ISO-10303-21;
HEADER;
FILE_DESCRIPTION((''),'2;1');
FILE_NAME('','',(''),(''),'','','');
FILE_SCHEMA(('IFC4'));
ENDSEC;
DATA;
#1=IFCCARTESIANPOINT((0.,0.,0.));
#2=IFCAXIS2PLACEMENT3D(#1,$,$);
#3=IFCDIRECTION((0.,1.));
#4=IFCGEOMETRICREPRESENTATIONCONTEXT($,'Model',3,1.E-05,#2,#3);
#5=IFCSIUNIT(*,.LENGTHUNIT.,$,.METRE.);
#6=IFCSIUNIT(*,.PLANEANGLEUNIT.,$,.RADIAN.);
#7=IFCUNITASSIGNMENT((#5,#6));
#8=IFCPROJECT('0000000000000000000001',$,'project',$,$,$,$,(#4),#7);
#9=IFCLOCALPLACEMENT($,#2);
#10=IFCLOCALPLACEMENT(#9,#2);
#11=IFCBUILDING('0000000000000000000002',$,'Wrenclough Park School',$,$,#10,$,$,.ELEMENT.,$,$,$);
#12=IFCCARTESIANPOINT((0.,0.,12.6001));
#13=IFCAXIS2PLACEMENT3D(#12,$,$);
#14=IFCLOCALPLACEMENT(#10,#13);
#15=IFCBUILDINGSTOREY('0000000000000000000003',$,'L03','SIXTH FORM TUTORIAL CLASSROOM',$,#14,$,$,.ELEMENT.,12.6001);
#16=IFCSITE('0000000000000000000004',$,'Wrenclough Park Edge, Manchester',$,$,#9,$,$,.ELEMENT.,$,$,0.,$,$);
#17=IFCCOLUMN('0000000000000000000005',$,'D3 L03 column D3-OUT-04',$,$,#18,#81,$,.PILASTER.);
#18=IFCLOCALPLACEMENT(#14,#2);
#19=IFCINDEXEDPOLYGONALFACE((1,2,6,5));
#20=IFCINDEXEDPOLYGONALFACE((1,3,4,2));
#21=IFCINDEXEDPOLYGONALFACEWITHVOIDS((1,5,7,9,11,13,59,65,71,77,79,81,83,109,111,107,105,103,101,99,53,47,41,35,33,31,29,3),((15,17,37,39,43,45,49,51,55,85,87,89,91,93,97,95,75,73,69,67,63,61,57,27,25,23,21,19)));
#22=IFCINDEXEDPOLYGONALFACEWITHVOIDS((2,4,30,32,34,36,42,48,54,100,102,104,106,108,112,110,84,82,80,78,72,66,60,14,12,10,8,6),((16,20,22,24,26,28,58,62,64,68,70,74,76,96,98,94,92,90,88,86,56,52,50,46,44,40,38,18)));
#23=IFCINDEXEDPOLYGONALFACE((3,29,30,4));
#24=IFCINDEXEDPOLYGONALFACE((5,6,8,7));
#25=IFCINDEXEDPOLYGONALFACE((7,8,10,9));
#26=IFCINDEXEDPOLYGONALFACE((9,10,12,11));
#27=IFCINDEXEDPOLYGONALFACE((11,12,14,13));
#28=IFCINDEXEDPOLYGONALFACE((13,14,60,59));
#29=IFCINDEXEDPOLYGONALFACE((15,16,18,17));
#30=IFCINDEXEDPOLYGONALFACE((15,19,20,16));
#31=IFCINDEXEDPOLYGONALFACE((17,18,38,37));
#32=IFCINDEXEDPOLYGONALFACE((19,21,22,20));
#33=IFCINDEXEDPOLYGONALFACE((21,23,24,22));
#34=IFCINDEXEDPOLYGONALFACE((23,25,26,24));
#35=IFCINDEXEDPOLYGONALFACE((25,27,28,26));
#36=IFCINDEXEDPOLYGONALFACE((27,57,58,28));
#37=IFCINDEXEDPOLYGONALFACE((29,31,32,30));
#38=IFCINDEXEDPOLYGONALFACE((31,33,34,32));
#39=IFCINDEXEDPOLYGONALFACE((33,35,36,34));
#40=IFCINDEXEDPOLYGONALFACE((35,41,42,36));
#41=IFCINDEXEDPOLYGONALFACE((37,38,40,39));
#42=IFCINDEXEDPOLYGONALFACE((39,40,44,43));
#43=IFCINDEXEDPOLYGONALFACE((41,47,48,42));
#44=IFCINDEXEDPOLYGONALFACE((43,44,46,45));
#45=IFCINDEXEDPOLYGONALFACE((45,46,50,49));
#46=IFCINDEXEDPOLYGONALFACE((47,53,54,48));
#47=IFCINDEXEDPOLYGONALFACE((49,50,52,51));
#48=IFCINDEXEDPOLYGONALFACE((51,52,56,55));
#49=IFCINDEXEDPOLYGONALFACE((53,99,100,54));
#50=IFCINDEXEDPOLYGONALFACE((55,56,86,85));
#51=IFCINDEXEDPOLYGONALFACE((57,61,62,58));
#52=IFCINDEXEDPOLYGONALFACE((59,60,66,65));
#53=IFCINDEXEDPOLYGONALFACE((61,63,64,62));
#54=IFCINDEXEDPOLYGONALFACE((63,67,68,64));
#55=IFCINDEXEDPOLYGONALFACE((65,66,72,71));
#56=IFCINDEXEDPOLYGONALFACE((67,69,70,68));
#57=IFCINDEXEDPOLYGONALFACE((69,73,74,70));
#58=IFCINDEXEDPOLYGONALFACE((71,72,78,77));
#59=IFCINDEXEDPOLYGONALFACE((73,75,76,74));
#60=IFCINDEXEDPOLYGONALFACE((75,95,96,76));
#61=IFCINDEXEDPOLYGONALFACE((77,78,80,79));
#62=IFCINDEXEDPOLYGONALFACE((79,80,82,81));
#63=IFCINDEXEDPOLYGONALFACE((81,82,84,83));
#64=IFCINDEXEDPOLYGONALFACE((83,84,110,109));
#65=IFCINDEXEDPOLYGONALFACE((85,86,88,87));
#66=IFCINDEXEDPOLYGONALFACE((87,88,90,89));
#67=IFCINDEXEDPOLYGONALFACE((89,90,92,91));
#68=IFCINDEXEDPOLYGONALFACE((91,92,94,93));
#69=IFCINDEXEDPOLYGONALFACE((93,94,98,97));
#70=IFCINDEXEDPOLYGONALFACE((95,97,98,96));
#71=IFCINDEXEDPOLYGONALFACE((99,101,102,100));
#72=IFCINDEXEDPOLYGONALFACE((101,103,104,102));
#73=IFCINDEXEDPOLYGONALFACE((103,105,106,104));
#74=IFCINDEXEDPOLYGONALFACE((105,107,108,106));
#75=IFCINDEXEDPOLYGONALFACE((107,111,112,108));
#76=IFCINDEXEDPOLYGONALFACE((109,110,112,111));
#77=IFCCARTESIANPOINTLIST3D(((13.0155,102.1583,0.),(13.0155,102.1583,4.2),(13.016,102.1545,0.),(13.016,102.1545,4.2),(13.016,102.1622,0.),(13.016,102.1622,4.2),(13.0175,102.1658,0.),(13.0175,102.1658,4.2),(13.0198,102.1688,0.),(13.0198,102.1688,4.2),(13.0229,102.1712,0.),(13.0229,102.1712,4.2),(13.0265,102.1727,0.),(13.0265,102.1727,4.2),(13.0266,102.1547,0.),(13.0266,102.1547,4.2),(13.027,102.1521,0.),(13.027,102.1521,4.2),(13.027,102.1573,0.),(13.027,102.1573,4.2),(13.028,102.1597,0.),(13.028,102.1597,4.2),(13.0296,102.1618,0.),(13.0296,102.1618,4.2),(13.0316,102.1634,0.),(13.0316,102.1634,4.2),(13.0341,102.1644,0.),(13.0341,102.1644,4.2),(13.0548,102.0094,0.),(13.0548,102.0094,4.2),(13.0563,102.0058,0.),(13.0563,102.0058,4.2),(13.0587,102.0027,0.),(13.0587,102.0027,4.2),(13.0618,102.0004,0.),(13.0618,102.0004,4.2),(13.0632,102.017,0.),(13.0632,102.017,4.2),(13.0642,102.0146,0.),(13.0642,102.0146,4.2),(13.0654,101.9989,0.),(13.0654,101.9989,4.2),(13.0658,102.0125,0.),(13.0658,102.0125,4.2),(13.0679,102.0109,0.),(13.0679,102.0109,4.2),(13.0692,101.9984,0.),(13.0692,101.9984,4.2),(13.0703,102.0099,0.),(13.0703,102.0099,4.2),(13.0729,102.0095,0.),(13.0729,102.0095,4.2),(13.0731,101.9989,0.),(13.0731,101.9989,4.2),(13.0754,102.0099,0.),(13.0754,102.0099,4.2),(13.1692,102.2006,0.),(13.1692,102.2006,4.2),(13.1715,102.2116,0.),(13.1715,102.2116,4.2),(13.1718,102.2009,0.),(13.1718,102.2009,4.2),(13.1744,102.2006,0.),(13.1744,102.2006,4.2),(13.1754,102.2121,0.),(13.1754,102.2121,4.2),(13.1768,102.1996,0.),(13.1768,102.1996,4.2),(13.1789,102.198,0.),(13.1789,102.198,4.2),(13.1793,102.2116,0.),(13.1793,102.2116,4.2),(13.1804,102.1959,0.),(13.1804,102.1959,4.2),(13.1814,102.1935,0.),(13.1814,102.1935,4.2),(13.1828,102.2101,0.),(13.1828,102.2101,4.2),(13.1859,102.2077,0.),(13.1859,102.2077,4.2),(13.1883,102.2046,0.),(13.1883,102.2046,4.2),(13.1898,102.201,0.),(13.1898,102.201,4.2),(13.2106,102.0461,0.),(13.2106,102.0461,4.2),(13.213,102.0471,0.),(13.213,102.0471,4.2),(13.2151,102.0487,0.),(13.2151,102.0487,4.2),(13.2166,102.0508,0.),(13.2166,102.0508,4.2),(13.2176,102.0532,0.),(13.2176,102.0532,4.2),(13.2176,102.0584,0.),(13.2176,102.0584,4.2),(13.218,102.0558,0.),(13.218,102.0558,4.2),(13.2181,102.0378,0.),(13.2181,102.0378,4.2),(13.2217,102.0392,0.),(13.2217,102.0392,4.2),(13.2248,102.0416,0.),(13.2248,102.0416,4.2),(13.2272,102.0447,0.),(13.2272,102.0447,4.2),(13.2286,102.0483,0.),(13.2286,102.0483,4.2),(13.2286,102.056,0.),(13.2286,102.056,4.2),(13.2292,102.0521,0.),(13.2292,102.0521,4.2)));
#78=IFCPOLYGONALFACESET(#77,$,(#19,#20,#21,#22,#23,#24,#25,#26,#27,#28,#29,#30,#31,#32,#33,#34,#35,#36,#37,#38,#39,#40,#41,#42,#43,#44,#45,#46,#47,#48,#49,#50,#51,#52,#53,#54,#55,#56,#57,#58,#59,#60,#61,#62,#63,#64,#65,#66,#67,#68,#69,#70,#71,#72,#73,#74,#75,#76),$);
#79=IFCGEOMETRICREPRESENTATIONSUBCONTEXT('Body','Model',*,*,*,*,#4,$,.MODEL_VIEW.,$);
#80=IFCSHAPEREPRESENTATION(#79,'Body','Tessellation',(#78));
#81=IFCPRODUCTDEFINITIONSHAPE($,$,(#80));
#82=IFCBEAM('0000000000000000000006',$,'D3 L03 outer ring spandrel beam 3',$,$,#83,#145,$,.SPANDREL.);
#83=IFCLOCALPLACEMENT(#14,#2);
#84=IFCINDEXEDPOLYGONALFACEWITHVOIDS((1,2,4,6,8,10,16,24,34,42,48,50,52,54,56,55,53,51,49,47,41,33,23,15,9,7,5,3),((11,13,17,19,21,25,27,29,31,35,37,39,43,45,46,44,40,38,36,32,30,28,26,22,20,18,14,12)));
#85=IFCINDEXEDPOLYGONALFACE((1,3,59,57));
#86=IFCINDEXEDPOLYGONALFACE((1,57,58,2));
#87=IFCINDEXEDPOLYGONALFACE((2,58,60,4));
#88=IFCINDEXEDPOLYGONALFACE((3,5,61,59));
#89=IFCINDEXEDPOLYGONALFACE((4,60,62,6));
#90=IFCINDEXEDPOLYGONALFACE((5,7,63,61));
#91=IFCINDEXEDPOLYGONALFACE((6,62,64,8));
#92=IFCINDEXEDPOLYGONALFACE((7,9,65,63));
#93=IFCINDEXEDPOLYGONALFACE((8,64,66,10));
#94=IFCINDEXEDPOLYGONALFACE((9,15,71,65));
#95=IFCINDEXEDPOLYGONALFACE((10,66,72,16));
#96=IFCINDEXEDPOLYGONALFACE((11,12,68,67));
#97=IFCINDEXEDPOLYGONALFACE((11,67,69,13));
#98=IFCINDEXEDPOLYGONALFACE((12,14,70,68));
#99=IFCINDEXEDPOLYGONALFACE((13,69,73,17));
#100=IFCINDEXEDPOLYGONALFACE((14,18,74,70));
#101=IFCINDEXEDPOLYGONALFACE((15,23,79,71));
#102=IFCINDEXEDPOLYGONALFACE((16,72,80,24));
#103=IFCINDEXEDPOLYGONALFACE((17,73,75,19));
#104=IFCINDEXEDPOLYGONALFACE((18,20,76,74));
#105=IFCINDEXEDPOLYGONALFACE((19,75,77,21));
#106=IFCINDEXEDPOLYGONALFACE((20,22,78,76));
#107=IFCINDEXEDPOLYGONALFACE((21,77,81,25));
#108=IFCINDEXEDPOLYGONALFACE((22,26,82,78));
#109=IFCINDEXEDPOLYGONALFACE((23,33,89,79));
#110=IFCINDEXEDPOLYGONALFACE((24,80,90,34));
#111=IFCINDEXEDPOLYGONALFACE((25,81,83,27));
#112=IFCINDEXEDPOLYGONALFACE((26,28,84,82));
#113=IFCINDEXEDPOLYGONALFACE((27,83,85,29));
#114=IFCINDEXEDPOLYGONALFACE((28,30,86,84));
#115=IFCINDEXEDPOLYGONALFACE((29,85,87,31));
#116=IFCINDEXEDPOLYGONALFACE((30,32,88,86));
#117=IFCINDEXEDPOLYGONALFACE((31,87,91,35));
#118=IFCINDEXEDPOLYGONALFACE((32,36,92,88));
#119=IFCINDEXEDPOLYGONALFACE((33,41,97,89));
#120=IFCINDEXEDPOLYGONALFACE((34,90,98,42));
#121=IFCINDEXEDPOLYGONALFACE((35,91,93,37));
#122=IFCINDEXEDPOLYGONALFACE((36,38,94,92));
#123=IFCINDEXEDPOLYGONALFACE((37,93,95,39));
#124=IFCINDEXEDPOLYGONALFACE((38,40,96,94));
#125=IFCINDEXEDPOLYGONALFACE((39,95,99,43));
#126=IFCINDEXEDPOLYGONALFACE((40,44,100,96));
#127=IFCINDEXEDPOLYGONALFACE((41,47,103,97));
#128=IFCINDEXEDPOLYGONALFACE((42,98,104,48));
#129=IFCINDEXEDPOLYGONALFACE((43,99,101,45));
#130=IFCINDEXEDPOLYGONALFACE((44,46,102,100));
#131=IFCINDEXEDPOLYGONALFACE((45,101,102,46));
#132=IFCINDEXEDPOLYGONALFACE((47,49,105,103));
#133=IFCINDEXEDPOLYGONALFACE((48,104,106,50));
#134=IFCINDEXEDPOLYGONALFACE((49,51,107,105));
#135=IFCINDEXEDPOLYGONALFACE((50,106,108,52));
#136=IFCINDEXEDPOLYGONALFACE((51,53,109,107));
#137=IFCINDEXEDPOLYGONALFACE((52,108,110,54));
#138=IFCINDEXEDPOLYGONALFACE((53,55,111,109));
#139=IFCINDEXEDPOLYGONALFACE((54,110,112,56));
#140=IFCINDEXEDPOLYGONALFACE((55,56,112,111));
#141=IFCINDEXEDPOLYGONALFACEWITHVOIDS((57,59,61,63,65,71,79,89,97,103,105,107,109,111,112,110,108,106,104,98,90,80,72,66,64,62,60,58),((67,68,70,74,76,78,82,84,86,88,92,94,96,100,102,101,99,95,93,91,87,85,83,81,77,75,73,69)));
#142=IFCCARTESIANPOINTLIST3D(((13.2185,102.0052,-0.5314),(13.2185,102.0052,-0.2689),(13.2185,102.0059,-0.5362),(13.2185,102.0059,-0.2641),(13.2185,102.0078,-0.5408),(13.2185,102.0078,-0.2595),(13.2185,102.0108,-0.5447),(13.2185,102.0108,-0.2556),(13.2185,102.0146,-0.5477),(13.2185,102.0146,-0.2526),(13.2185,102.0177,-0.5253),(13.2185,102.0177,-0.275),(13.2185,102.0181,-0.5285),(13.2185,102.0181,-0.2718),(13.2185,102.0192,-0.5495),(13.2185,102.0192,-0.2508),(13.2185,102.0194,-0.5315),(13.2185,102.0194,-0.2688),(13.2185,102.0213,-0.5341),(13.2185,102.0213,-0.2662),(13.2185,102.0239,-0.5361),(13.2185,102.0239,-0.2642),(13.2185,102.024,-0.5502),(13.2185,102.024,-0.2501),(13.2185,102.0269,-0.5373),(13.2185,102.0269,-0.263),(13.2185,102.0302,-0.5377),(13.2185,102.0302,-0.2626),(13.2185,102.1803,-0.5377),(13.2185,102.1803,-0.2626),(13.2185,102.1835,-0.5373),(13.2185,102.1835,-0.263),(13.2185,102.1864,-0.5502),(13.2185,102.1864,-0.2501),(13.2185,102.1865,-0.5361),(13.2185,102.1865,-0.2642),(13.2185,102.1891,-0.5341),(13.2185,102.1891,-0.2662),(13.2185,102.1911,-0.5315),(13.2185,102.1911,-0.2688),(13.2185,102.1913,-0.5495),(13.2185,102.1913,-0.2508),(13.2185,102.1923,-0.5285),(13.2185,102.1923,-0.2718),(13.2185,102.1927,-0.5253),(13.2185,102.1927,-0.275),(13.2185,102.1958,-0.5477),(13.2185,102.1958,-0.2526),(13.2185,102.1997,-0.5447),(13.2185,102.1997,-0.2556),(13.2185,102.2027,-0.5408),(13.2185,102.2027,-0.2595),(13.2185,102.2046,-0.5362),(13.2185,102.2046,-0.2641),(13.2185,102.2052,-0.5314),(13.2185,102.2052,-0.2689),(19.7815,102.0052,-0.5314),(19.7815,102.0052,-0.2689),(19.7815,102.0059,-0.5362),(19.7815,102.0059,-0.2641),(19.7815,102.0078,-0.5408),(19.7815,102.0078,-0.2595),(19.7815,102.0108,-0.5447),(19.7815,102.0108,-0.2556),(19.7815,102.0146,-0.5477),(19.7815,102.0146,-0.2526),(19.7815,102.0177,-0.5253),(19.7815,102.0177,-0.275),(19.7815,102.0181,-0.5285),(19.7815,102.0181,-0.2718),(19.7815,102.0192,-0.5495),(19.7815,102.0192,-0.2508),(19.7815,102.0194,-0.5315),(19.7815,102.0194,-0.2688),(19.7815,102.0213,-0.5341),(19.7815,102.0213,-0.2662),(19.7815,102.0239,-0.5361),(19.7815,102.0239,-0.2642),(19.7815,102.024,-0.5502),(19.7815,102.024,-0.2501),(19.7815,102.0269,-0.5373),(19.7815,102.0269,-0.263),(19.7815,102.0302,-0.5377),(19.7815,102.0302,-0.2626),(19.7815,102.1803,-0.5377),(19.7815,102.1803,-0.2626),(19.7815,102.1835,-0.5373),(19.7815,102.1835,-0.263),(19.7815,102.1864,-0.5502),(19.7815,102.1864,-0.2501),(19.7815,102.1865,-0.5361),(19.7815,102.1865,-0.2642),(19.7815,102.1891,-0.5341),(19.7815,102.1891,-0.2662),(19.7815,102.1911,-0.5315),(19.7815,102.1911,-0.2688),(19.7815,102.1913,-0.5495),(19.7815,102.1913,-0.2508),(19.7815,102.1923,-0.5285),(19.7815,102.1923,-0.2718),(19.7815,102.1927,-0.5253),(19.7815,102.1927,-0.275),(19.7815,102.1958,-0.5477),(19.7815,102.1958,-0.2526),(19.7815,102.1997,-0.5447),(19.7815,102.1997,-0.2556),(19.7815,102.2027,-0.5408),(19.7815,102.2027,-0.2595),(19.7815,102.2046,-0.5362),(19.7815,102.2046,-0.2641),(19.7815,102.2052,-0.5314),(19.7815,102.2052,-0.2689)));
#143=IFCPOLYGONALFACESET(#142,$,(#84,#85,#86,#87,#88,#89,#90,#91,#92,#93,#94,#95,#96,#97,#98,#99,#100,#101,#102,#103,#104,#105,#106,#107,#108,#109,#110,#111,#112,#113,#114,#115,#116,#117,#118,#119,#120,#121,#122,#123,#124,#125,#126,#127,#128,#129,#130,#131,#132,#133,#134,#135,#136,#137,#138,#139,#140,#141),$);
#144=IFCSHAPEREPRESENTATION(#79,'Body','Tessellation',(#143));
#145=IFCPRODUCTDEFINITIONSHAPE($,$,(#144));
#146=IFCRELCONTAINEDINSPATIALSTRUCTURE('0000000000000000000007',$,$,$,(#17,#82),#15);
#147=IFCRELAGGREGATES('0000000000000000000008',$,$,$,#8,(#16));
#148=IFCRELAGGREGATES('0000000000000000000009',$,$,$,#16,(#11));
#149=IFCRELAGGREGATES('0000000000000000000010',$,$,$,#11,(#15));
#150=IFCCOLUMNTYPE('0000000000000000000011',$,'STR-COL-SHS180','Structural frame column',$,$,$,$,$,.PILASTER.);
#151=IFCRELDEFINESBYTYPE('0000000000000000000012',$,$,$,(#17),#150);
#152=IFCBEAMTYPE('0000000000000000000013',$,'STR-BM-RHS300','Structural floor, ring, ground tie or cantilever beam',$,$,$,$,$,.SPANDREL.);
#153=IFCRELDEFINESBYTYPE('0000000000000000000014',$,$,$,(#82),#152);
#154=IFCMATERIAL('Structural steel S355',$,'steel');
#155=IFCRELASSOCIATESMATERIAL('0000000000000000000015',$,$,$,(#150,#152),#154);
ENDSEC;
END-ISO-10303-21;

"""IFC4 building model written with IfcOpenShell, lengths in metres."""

from ifc_helpers import new_model, si_unit, direction, frame, origin, origin_2d, place, context, subcontext, project, spatial, hollow_rectangle, extrude, material, material_profile, profile_set, type_object, element, save


model = new_model("IFC4")

# Units and contexts
model_context = context("Model", 3, precision=1e-05, world=origin(), true_north=direction((0.0, 1.0)))
body_context = subcontext(model_context, "Body", "Model", "MODEL_VIEW")
ifc_project = project(units=[si_unit("LENGTHUNIT", "METRE"), si_unit("PLANEANGLEUNIT", "RADIAN")], contexts=[model_context])

# Site, building, storey
site_placement = place(None, origin())
site = spatial("IfcSite", under=ifc_project, at=site_placement, Name="Wrenclough Park Edge, Manchester", CompositionType="ELEMENT", RefElevation=0.0)
building_placement = place(site_placement, origin())
building = spatial("IfcBuilding", under=site, at=building_placement, Name="Wrenclough Park School", CompositionType="ELEMENT")
storey_placement = place(building_placement, frame((0.0, 0.0, 12.6001)))
storey = spatial("IfcBuildingStorey", under=building, at=storey_placement, Name="L03", Description="SIXTH FORM TUTORIAL CLASSROOM", CompositionType="ELEMENT", Elevation=12.6001)

# Column
ifc_material_1 = material(Name="Structural steel S355", Category="steel")
ifc_material_profile_1 = material_profile(ifc_material_1, hollow_rectangle(XDim=0.1799, YDim=0.1799, WallThickness=0.01, InnerFilletRadius=0.01, OuterFilletRadius=0.0149, at=origin_2d()), Name="SHS 180x180x10.0")
ifc_profile_set_1 = profile_set([ifc_material_profile_1], Name="Structural steel S355")
column_type = type_object("IfcColumnType", Name="STR-COL-SHS180", Description="Structural frame column", PredefinedType="PILASTER", material=ifc_profile_set_1)
column_placement = place(storey_placement, frame((13.1223, 102.1052, 0.0), z_axis=(0.0, 0.0, 1.0), x_axis=(-0.965926, -0.258819, 0.0)))
element("IfcColumn", 1, at=column_placement, inside=storey, type_object=column_type, Name="D3 L03 column D3-OUT-04", PredefinedType="PILASTER", context=body_context, shape_type="SweptSolid", body=[
    extrude(hollow_rectangle(XDim=0.1799, YDim=0.1799, WallThickness=0.01, InnerFilletRadius=0.01, OuterFilletRadius=0.0149, at=origin_2d()), origin(), (0.0, 0.0, 1.0), 4.2),
])

# Beam
ifc_material_profile_2 = material_profile(ifc_material_1, hollow_rectangle(XDim=0.2, YDim=0.3, WallThickness=0.0125, InnerFilletRadius=0.0125, OuterFilletRadius=0.0188, at=origin_2d()), Name="RHS 300x200x12.5")
ifc_profile_set_2 = profile_set([ifc_material_profile_2], Name="Structural steel S355")
beam_type = type_object("IfcBeamType", Name="STR-BM-RHS300", Description="Structural floor, ring, ground tie or cantilever beam", PredefinedType="SPANDREL", material=ifc_profile_set_2)
beam_1_placement = place(storey_placement, frame((19.7815, 102.1052, -0.4001), z_axis=(-1.0, 0.0, 0.0), x_axis=(0.0, -1.0, 0.0)))
element("IfcBeam", 2, at=beam_1_placement, inside=storey, type_object=beam_type, Name="D3 L03 outer ring spandrel beam 3", PredefinedType="SPANDREL", context=body_context, shape_type="SweptSolid", body=[
    extrude(hollow_rectangle(XDim=0.2, YDim=0.3, WallThickness=0.0125, InnerFilletRadius=0.0125, OuterFilletRadius=0.0188, at=origin_2d()), origin(), (0.0, 0.0, 1.0), 6.563),
])

save(model, "model.ifc")
